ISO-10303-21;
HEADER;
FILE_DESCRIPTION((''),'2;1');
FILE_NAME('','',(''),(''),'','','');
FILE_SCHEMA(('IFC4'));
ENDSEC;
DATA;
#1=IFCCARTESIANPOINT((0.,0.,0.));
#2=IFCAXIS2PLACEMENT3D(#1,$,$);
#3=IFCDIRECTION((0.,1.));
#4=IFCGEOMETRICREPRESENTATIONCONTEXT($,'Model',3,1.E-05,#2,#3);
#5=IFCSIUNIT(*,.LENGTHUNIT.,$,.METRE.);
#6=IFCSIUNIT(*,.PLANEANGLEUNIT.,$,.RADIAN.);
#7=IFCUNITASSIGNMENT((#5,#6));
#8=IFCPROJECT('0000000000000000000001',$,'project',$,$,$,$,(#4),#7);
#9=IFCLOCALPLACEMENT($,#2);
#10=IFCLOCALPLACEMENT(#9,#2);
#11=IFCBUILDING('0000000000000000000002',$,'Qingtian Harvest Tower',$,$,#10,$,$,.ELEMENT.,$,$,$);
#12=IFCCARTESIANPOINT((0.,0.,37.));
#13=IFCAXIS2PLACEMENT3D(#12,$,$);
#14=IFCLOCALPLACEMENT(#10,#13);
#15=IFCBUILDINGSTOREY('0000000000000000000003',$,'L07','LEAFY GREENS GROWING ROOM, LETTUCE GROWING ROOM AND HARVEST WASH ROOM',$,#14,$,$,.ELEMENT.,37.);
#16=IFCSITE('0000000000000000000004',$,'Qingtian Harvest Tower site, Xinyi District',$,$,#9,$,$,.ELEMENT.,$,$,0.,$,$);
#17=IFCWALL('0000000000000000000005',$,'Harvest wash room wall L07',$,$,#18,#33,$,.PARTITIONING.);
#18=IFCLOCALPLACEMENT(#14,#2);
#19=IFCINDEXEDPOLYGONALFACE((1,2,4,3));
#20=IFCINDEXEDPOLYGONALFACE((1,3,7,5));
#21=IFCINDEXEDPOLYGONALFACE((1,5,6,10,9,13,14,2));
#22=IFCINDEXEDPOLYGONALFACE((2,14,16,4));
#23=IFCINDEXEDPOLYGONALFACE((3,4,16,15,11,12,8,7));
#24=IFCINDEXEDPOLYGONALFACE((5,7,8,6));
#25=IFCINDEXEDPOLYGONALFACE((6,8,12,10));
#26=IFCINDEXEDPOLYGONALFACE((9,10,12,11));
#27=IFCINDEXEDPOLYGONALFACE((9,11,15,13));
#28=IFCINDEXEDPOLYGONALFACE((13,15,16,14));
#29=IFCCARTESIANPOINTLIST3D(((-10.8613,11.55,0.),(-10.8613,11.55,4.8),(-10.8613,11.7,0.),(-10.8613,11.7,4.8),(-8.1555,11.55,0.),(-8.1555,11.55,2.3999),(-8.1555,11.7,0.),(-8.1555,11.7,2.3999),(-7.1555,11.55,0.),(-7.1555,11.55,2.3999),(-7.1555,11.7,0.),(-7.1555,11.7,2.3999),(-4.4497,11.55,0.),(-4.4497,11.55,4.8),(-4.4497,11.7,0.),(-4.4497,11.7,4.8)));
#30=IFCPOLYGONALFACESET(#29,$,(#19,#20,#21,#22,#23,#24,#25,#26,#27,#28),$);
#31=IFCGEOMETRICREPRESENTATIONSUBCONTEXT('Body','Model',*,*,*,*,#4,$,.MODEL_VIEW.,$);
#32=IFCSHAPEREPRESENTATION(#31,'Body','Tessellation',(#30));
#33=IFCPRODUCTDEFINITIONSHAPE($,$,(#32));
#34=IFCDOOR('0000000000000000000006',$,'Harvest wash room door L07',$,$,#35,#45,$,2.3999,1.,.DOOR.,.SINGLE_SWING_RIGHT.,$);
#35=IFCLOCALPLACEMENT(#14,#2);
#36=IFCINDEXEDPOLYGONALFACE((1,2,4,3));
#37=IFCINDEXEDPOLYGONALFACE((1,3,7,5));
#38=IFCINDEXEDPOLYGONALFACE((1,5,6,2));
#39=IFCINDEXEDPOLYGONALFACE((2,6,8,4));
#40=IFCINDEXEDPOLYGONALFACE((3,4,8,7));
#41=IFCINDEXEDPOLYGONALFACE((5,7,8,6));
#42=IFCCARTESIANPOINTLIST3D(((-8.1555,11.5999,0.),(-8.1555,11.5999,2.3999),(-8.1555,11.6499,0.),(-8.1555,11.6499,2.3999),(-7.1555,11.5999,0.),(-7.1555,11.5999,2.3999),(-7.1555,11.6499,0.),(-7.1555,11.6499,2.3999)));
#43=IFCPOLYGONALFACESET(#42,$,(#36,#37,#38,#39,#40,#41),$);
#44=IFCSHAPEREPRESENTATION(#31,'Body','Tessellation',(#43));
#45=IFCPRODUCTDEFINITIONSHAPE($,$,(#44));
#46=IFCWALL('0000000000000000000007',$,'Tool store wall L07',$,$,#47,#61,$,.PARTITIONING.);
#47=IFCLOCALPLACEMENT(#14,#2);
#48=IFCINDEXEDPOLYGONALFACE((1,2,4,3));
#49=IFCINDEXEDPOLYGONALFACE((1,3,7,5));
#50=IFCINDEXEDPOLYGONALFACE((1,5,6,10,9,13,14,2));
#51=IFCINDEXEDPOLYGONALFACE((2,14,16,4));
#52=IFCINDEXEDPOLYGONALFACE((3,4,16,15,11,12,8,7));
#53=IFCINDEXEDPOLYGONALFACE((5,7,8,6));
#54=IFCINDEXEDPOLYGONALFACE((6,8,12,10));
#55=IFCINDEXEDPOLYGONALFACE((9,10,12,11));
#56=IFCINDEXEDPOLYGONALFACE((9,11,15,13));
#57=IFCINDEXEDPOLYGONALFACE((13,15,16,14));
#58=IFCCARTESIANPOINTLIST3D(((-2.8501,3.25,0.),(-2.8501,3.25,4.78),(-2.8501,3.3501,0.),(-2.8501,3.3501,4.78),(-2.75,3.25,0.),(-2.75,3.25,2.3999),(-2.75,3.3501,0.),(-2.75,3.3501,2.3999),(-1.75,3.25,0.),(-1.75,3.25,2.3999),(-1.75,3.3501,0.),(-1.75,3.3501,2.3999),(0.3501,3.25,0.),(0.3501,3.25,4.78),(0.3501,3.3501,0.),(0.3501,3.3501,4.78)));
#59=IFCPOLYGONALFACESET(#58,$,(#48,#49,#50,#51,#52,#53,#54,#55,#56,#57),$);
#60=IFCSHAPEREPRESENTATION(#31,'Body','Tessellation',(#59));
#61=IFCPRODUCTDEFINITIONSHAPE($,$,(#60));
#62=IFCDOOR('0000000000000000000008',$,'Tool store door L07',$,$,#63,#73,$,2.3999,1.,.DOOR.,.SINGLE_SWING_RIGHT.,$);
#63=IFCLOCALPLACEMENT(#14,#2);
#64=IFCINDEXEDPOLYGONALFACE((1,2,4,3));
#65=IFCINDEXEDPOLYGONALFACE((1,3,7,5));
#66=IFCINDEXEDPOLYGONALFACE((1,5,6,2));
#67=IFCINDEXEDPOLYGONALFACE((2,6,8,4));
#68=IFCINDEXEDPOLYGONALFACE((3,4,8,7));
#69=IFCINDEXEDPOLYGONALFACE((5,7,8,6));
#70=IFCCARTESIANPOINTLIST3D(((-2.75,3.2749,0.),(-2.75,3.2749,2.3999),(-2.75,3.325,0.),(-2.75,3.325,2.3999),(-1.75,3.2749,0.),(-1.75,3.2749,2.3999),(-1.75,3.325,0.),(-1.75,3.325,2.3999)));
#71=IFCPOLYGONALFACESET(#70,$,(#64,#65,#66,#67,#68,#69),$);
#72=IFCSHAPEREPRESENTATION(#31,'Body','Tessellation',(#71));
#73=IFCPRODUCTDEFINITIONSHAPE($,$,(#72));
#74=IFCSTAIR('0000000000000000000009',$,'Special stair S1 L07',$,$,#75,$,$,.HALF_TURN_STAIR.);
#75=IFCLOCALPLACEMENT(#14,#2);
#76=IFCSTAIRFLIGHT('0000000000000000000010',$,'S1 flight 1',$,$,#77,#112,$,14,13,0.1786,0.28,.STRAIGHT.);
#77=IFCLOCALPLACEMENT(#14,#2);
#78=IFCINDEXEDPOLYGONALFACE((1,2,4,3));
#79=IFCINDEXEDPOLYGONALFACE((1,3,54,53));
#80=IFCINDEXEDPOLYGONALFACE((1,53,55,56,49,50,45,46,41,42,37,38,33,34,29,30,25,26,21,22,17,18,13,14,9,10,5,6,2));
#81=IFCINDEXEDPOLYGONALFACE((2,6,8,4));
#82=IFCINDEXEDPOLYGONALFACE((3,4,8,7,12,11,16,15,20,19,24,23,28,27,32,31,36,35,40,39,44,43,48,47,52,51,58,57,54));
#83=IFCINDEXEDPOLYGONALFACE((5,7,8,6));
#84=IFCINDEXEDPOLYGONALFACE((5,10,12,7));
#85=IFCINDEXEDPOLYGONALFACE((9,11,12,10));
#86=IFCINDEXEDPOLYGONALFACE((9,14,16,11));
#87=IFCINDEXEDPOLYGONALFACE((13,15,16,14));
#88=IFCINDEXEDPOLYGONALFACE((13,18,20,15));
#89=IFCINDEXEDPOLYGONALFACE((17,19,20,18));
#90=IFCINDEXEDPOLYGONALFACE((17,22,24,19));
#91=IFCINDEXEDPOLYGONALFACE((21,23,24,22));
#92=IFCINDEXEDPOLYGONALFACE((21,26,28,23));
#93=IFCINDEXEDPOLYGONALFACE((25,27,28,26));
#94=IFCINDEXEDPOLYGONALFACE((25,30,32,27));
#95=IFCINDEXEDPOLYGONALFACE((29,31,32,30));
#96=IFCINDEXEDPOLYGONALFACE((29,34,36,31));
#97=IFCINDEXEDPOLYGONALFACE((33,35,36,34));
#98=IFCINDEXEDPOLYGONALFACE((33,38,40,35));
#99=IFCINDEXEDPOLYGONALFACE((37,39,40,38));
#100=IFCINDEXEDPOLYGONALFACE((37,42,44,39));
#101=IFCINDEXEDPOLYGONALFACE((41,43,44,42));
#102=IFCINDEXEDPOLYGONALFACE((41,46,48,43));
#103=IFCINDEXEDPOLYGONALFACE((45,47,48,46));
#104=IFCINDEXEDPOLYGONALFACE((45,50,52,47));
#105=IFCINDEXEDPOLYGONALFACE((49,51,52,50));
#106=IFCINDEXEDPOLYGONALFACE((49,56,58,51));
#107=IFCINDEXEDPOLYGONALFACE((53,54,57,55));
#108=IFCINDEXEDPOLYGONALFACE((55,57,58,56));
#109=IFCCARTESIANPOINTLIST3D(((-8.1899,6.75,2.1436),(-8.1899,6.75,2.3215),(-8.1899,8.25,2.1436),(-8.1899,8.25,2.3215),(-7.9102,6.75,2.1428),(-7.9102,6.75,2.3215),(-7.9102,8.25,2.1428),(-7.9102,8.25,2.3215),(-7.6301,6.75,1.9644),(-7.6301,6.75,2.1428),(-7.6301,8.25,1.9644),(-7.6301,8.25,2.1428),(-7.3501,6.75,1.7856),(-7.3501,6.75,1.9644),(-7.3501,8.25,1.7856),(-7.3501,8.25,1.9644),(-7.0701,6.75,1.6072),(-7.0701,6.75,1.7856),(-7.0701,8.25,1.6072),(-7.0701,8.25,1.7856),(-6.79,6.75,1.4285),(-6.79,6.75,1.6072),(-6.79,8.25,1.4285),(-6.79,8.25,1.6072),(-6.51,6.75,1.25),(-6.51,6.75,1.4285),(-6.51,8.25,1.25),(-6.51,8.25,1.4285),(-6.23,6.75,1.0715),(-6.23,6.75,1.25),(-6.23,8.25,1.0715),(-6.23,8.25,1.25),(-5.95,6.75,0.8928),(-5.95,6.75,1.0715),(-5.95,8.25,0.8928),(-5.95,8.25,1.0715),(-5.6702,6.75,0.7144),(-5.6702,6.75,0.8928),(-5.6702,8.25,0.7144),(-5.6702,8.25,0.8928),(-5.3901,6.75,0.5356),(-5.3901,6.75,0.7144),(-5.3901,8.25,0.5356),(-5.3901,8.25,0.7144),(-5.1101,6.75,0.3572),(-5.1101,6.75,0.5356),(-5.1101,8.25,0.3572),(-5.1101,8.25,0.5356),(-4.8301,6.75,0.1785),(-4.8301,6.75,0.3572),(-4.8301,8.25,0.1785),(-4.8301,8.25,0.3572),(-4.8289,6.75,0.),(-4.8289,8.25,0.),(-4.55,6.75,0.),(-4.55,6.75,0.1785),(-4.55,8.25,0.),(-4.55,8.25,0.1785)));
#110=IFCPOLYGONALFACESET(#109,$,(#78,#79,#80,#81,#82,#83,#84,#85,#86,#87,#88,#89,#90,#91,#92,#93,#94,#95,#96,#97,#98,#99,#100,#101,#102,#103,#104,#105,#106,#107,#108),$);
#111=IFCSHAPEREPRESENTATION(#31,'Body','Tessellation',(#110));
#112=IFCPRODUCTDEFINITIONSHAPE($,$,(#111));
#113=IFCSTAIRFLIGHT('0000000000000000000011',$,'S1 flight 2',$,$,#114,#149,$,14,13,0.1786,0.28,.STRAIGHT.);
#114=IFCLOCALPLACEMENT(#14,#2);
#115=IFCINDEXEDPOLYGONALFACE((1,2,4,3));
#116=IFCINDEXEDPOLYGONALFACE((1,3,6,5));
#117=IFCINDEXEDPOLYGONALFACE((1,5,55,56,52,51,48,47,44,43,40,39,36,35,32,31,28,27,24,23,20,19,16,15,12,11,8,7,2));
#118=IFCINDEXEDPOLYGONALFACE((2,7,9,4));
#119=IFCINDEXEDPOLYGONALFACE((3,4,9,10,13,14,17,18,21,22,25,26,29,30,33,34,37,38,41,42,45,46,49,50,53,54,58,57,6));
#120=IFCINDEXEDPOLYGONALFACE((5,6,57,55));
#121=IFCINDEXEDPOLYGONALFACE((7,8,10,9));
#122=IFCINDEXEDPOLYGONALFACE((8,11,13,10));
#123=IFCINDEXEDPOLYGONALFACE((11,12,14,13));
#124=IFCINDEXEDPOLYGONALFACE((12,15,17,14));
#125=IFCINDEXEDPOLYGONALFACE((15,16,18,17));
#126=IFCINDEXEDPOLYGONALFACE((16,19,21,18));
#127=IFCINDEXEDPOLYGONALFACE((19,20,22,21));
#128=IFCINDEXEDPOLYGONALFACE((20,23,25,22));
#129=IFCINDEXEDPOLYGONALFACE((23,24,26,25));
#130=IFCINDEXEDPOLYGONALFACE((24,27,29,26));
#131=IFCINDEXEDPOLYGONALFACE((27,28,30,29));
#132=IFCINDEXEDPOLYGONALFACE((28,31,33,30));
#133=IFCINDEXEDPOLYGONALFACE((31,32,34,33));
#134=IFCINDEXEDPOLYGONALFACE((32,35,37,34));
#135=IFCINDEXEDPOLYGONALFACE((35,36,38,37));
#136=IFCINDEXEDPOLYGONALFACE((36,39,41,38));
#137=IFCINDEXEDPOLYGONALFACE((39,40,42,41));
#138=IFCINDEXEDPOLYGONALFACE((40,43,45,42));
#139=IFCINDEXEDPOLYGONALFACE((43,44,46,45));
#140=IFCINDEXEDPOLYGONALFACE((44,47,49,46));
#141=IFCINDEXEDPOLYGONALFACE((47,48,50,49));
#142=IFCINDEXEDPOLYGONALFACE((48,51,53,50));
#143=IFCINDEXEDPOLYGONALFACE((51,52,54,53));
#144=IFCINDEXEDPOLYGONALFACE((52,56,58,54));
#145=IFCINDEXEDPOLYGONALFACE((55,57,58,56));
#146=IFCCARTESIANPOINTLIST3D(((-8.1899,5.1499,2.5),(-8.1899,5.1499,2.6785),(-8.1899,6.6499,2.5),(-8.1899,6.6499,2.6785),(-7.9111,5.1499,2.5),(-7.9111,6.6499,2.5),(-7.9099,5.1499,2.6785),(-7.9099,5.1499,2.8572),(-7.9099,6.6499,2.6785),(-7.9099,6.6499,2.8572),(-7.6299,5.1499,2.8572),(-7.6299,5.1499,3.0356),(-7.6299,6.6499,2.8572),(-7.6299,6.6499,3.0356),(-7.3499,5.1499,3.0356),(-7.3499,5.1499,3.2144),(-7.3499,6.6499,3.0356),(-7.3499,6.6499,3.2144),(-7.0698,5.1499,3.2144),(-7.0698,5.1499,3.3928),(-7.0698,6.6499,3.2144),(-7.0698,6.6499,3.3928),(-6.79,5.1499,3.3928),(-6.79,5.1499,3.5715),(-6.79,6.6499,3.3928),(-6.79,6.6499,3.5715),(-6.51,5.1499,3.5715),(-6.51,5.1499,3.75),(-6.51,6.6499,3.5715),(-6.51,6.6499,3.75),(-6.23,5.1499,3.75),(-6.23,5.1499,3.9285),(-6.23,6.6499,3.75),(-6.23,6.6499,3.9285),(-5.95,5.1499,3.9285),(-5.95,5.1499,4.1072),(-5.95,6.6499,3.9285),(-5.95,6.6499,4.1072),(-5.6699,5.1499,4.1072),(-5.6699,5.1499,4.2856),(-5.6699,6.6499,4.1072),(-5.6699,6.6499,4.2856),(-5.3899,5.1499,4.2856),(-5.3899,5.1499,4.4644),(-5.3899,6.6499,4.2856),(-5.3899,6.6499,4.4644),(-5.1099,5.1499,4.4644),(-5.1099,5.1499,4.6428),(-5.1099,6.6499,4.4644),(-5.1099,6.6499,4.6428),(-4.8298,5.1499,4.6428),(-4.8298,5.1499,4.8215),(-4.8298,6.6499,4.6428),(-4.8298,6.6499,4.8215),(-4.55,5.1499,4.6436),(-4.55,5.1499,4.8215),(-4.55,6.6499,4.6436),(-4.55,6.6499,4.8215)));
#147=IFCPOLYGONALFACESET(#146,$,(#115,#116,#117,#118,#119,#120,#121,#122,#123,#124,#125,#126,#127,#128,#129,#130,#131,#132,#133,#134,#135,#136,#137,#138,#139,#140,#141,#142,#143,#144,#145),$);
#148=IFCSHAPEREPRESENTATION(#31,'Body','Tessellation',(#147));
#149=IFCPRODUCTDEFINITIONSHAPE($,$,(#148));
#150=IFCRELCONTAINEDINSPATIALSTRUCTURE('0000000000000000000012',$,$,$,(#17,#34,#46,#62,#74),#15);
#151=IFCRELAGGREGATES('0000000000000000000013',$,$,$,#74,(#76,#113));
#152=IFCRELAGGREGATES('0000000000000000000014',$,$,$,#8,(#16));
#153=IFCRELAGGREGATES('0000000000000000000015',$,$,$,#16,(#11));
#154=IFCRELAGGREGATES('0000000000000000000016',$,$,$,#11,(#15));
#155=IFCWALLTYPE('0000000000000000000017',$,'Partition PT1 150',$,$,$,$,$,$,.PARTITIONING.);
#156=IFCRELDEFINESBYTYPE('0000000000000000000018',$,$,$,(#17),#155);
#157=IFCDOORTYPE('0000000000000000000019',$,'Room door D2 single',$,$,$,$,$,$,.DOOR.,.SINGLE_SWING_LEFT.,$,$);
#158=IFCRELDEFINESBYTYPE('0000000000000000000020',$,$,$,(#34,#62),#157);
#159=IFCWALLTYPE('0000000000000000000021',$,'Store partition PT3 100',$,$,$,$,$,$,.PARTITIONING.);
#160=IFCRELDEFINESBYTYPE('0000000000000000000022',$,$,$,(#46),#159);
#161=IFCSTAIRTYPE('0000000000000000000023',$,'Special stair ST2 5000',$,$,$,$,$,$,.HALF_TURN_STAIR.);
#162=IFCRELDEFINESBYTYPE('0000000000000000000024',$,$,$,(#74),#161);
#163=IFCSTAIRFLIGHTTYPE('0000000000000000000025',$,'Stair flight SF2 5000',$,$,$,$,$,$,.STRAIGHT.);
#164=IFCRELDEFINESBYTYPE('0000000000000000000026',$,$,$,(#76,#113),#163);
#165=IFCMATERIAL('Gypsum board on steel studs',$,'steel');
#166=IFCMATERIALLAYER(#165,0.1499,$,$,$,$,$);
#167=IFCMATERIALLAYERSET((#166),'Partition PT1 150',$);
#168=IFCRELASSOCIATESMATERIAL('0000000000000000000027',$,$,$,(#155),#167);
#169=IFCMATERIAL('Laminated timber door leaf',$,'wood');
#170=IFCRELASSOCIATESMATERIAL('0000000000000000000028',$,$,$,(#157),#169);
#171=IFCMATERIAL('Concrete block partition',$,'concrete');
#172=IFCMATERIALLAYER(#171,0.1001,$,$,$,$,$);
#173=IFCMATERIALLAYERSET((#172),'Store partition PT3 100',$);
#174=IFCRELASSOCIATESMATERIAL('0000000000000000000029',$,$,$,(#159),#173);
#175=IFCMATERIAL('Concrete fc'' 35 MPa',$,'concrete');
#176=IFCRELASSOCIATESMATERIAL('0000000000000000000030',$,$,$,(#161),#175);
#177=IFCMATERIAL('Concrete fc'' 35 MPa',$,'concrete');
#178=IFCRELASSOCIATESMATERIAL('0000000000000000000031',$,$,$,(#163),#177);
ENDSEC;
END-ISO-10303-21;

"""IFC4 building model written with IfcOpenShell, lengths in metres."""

from ifc_helpers import new_model, si_unit, direction, frame, frame_2d, origin, place, context, subcontext, project, spatial, polyline, rectangle, outline, extrude, material, layer, layer_set, type_object, element, fill, aggregate, save


model = new_model("IFC4")

# Units and contexts
model_context = context("Model", 3, precision=1e-05, world=origin(), true_north=direction((0.0, 1.0)))
body_context = subcontext(model_context, "Body", "Model", "MODEL_VIEW")
ifc_project = project(units=[si_unit("LENGTHUNIT", "METRE"), si_unit("PLANEANGLEUNIT", "RADIAN")], contexts=[model_context])

# Site, building, storey
site_placement = place(None, origin())
site = spatial("IfcSite", under=ifc_project, at=site_placement, Name="Qingtian Harvest Tower site, Xinyi District", CompositionType="ELEMENT", RefElevation=0.0)
building_placement = place(site_placement, origin())
building = spatial("IfcBuilding", under=site, at=building_placement, Name="Qingtian Harvest Tower", CompositionType="ELEMENT")
storey_placement = place(building_placement, frame((0.0, 0.0, 37.0)))
storey = spatial("IfcBuildingStorey", under=building, at=storey_placement, Name="L07", Description="LEAFY GREENS GROWING ROOM, LETTUCE GROWING ROOM AND HARVEST WASH ROOM", CompositionType="ELEMENT", Elevation=37.0)

# Walls, openings, doors
ifc_material_1 = material(Name="Gypsum board on steel studs", Category="steel")
ifc_layer_1 = layer(ifc_material_1, 0.1499)
ifc_layer_set_1 = layer_set([ifc_layer_1], Name="Partition PT1 150")
wall_type_1 = type_object("IfcWallType", Name="Partition PT1 150", PredefinedType="PARTITIONING", material=ifc_layer_set_1)
wall_1_placement = place(storey_placement, frame((-10.8613, 11.625, 0.0), z_axis=(0.0, 0.0, 1.0), x_axis=(1.0, 0.0, 0.0)))
wall_1 = element("IfcWall", 1, at=wall_1_placement, inside=storey, type_object=wall_type_1, Name="Harvest wash room wall L07", PredefinedType="PARTITIONING", context=body_context, shape_type="SweptSolid", body=[
    extrude(rectangle(XDim=6.4116, YDim=0.1499, at=frame_2d((3.2058, 0.0))), origin(), (0.0, 0.0, 1.0), 4.8),
])
opening_1_placement = place(wall_1_placement, frame((2.7058, 0.0, 0.0)))
opening_1 = element("IfcOpeningElement", 2, at=opening_1_placement, cuts=wall_1, PredefinedType="OPENING", context=body_context, shape_type="SweptSolid", body=[
    extrude(rectangle(XDim=1.0, YDim=2.3999, at=frame_2d((0.5, 1.2))), frame((0.0, 0.085, 0.0), z_axis=(0.0, -1.0, 0.0), x_axis=(1.0, 0.0, 0.0)), (0.0, 0.0, 1.0), 0.1699),
])
ifc_material_2 = material(Name="Laminated timber door leaf", Category="wood")
door_type_1 = type_object("IfcDoorType", Name="Room door D2 single", OperationType="SINGLE_SWING_LEFT", PredefinedType="DOOR", material=ifc_material_2)
door_1_placement = place(opening_1_placement, origin())
door_1 = element("IfcDoor", 3, at=door_1_placement, inside=storey, type_object=door_type_1, Name="Harvest wash room door L07", OperationType="SINGLE_SWING_RIGHT", OverallHeight=2.3999, OverallWidth=1.0, PredefinedType="DOOR", context=body_context, shape_type="SweptSolid", body=[
    extrude(rectangle(XDim=1.0, YDim=2.3999, at=frame_2d((0.5, 1.2))), frame((0.0, 0.0249, 0.0), z_axis=(0.0, -1.0, 0.0), x_axis=(1.0, 0.0, 0.0)), (0.0, 0.0, 1.0), 0.05),
])
fill(opening_1, door_1)
ifc_material_3 = material(Name="Concrete block partition", Category="concrete")
ifc_layer_2 = layer(ifc_material_3, 0.1001)
ifc_layer_set_2 = layer_set([ifc_layer_2], Name="Store partition PT3 100")
wall_type_2 = type_object("IfcWallType", Name="Store partition PT3 100", PredefinedType="PARTITIONING", material=ifc_layer_set_2)
wall_2_placement = place(storey_placement, frame((-2.8501, 3.3, 0.0), z_axis=(0.0, 0.0, 1.0), x_axis=(1.0, 0.0, 0.0)))
wall_2 = element("IfcWall", 4, at=wall_2_placement, inside=storey, type_object=wall_type_2, Name="Tool store wall L07", PredefinedType="PARTITIONING", context=body_context, shape_type="SweptSolid", body=[
    extrude(rectangle(XDim=3.2002, YDim=0.1001, at=frame_2d((1.6001, 0.0))), origin(), (0.0, 0.0, 1.0), 4.78),
])
opening_2_placement = place(wall_2_placement, frame((0.1001, 0.0, 0.0)))
opening_2 = element("IfcOpeningElement", 5, at=opening_2_placement, cuts=wall_2, PredefinedType="OPENING", context=body_context, shape_type="SweptSolid", body=[
    extrude(rectangle(XDim=1.0, YDim=2.3999, at=frame_2d((0.5, 1.2))), frame((0.0, 0.0601, 0.0), z_axis=(0.0, -1.0, 0.0), x_axis=(1.0, 0.0, 0.0)), (0.0, 0.0, 1.0), 0.1201),
])
door_2_placement = place(opening_2_placement, origin())
door_2 = element("IfcDoor", 6, at=door_2_placement, inside=storey, type_object=door_type_1, Name="Tool store door L07", OperationType="SINGLE_SWING_RIGHT", OverallHeight=2.3999, OverallWidth=1.0, PredefinedType="DOOR", context=body_context, shape_type="SweptSolid", body=[
    extrude(rectangle(XDim=1.0, YDim=2.3999, at=frame_2d((0.5, 1.2))), frame((0.0, 0.0249, 0.0), z_axis=(0.0, -1.0, 0.0), x_axis=(1.0, 0.0, 0.0)), (0.0, 0.0, 1.0), 0.05),
])
fill(opening_2, door_2)

# Stair, stair flights
ifc_material_4 = material(Name="Concrete fc' 35 MPa", Category="concrete")
stair_type = type_object("IfcStairType", Name="Special stair ST2 5000", PredefinedType="HALF_TURN_STAIR", material=ifc_material_4)
stair_placement = place(storey_placement, origin())
stair = element("IfcStair", 7, at=stair_placement, inside=storey, type_object=stair_type, Name="Special stair S1 L07", PredefinedType="HALF_TURN_STAIR")
ifc_material_5 = material(Name="Concrete fc' 35 MPa", Category="concrete")
stair_flight_type = type_object("IfcStairFlightType", Name="Stair flight SF2 5000", PredefinedType="STRAIGHT", material=ifc_material_5)
stair_flight_1_placement = place(storey_placement, frame((-4.55, 7.5, 0.0), z_axis=(0.0, 0.0, 1.0), x_axis=(-1.0, 0.0, 0.0)))
stair_flight_1 = element("IfcStairFlight", 8, at=stair_flight_1_placement, type_object=stair_flight_type, Name="S1 flight 1", NumberOfRisers=14, NumberOfTreads=13, PredefinedType="STRAIGHT", RiserHeight=0.1786, TreadLength=0.28, context=body_context, shape_type="SweptSolid", body=[
    extrude(outline(polyline([(0.0, 0.0), (0.0, 0.1785), (0.28, 0.1785), (0.28, 0.3572), (0.5601, 0.3572), (0.5601, 0.5356), (0.8401, 0.5356), (0.8401, 0.7144), (1.1201, 0.7144), (1.1201, 0.8928), (1.3999, 0.8928), (1.3999, 1.0715), (1.6799, 1.0715), (1.6799, 1.25), (1.96, 1.25), (1.96, 1.4285), (2.24, 1.4285), (2.24, 1.6072), (2.52, 1.6072), (2.52, 1.7856), (2.8, 1.7856), (2.8, 1.9644), (3.0801, 1.9644), (3.0801, 2.1428), (3.3601, 2.1428), (3.3601, 2.3215), (3.6399, 2.3215), (3.6399, 2.5), (3.6399, 2.1436), (0.2788, 0.0), (0.0, 0.0)])), frame((0.0, 0.75, 0.0), z_axis=(0.0, -1.0, 0.0), x_axis=(1.0, 0.0, 0.0)), (0.0, 0.0, 1.0), 1.5),
])
stair_flight_2_placement = place(storey_placement, frame((-8.1899, 5.8999, 2.5), z_axis=(0.0, 0.0, 1.0), x_axis=(1.0, 0.0, 0.0)))
stair_flight_2 = element("IfcStairFlight", 9, at=stair_flight_2_placement, type_object=stair_flight_type, Name="S1 flight 2", NumberOfRisers=14, NumberOfTreads=13, PredefinedType="STRAIGHT", RiserHeight=0.1786, TreadLength=0.28, context=body_context, shape_type="SweptSolid", body=[
    extrude(outline(polyline([(0.0, 0.0), (0.0, 0.1785), (0.28, 0.1785), (0.28, 0.3572), (0.5601, 0.3572), (0.5601, 0.5356), (0.8401, 0.5356), (0.8401, 0.7144), (1.1201, 0.7144), (1.1201, 0.8928), (1.3999, 0.8928), (1.3999, 1.0715), (1.6799, 1.0715), (1.6799, 1.25), (1.96, 1.25), (1.96, 1.4285), (2.24, 1.4285), (2.24, 1.6072), (2.52, 1.6072), (2.52, 1.7856), (2.8, 1.7856), (2.8, 1.9644), (3.0801, 1.9644), (3.0801, 2.1428), (3.3601, 2.1428), (3.3601, 2.3215), (3.6399, 2.3215), (3.6399, 2.5), (3.6399, 2.1436), (0.2788, 0.0), (0.0, 0.0)])), frame((0.0, 0.75, 0.0), z_axis=(0.0, -1.0, 0.0), x_axis=(1.0, 0.0, 0.0)), (0.0, 0.0, 1.0), 1.5),
])
aggregate(stair, [stair_flight_1, stair_flight_2])

save(model, "model.ifc")
